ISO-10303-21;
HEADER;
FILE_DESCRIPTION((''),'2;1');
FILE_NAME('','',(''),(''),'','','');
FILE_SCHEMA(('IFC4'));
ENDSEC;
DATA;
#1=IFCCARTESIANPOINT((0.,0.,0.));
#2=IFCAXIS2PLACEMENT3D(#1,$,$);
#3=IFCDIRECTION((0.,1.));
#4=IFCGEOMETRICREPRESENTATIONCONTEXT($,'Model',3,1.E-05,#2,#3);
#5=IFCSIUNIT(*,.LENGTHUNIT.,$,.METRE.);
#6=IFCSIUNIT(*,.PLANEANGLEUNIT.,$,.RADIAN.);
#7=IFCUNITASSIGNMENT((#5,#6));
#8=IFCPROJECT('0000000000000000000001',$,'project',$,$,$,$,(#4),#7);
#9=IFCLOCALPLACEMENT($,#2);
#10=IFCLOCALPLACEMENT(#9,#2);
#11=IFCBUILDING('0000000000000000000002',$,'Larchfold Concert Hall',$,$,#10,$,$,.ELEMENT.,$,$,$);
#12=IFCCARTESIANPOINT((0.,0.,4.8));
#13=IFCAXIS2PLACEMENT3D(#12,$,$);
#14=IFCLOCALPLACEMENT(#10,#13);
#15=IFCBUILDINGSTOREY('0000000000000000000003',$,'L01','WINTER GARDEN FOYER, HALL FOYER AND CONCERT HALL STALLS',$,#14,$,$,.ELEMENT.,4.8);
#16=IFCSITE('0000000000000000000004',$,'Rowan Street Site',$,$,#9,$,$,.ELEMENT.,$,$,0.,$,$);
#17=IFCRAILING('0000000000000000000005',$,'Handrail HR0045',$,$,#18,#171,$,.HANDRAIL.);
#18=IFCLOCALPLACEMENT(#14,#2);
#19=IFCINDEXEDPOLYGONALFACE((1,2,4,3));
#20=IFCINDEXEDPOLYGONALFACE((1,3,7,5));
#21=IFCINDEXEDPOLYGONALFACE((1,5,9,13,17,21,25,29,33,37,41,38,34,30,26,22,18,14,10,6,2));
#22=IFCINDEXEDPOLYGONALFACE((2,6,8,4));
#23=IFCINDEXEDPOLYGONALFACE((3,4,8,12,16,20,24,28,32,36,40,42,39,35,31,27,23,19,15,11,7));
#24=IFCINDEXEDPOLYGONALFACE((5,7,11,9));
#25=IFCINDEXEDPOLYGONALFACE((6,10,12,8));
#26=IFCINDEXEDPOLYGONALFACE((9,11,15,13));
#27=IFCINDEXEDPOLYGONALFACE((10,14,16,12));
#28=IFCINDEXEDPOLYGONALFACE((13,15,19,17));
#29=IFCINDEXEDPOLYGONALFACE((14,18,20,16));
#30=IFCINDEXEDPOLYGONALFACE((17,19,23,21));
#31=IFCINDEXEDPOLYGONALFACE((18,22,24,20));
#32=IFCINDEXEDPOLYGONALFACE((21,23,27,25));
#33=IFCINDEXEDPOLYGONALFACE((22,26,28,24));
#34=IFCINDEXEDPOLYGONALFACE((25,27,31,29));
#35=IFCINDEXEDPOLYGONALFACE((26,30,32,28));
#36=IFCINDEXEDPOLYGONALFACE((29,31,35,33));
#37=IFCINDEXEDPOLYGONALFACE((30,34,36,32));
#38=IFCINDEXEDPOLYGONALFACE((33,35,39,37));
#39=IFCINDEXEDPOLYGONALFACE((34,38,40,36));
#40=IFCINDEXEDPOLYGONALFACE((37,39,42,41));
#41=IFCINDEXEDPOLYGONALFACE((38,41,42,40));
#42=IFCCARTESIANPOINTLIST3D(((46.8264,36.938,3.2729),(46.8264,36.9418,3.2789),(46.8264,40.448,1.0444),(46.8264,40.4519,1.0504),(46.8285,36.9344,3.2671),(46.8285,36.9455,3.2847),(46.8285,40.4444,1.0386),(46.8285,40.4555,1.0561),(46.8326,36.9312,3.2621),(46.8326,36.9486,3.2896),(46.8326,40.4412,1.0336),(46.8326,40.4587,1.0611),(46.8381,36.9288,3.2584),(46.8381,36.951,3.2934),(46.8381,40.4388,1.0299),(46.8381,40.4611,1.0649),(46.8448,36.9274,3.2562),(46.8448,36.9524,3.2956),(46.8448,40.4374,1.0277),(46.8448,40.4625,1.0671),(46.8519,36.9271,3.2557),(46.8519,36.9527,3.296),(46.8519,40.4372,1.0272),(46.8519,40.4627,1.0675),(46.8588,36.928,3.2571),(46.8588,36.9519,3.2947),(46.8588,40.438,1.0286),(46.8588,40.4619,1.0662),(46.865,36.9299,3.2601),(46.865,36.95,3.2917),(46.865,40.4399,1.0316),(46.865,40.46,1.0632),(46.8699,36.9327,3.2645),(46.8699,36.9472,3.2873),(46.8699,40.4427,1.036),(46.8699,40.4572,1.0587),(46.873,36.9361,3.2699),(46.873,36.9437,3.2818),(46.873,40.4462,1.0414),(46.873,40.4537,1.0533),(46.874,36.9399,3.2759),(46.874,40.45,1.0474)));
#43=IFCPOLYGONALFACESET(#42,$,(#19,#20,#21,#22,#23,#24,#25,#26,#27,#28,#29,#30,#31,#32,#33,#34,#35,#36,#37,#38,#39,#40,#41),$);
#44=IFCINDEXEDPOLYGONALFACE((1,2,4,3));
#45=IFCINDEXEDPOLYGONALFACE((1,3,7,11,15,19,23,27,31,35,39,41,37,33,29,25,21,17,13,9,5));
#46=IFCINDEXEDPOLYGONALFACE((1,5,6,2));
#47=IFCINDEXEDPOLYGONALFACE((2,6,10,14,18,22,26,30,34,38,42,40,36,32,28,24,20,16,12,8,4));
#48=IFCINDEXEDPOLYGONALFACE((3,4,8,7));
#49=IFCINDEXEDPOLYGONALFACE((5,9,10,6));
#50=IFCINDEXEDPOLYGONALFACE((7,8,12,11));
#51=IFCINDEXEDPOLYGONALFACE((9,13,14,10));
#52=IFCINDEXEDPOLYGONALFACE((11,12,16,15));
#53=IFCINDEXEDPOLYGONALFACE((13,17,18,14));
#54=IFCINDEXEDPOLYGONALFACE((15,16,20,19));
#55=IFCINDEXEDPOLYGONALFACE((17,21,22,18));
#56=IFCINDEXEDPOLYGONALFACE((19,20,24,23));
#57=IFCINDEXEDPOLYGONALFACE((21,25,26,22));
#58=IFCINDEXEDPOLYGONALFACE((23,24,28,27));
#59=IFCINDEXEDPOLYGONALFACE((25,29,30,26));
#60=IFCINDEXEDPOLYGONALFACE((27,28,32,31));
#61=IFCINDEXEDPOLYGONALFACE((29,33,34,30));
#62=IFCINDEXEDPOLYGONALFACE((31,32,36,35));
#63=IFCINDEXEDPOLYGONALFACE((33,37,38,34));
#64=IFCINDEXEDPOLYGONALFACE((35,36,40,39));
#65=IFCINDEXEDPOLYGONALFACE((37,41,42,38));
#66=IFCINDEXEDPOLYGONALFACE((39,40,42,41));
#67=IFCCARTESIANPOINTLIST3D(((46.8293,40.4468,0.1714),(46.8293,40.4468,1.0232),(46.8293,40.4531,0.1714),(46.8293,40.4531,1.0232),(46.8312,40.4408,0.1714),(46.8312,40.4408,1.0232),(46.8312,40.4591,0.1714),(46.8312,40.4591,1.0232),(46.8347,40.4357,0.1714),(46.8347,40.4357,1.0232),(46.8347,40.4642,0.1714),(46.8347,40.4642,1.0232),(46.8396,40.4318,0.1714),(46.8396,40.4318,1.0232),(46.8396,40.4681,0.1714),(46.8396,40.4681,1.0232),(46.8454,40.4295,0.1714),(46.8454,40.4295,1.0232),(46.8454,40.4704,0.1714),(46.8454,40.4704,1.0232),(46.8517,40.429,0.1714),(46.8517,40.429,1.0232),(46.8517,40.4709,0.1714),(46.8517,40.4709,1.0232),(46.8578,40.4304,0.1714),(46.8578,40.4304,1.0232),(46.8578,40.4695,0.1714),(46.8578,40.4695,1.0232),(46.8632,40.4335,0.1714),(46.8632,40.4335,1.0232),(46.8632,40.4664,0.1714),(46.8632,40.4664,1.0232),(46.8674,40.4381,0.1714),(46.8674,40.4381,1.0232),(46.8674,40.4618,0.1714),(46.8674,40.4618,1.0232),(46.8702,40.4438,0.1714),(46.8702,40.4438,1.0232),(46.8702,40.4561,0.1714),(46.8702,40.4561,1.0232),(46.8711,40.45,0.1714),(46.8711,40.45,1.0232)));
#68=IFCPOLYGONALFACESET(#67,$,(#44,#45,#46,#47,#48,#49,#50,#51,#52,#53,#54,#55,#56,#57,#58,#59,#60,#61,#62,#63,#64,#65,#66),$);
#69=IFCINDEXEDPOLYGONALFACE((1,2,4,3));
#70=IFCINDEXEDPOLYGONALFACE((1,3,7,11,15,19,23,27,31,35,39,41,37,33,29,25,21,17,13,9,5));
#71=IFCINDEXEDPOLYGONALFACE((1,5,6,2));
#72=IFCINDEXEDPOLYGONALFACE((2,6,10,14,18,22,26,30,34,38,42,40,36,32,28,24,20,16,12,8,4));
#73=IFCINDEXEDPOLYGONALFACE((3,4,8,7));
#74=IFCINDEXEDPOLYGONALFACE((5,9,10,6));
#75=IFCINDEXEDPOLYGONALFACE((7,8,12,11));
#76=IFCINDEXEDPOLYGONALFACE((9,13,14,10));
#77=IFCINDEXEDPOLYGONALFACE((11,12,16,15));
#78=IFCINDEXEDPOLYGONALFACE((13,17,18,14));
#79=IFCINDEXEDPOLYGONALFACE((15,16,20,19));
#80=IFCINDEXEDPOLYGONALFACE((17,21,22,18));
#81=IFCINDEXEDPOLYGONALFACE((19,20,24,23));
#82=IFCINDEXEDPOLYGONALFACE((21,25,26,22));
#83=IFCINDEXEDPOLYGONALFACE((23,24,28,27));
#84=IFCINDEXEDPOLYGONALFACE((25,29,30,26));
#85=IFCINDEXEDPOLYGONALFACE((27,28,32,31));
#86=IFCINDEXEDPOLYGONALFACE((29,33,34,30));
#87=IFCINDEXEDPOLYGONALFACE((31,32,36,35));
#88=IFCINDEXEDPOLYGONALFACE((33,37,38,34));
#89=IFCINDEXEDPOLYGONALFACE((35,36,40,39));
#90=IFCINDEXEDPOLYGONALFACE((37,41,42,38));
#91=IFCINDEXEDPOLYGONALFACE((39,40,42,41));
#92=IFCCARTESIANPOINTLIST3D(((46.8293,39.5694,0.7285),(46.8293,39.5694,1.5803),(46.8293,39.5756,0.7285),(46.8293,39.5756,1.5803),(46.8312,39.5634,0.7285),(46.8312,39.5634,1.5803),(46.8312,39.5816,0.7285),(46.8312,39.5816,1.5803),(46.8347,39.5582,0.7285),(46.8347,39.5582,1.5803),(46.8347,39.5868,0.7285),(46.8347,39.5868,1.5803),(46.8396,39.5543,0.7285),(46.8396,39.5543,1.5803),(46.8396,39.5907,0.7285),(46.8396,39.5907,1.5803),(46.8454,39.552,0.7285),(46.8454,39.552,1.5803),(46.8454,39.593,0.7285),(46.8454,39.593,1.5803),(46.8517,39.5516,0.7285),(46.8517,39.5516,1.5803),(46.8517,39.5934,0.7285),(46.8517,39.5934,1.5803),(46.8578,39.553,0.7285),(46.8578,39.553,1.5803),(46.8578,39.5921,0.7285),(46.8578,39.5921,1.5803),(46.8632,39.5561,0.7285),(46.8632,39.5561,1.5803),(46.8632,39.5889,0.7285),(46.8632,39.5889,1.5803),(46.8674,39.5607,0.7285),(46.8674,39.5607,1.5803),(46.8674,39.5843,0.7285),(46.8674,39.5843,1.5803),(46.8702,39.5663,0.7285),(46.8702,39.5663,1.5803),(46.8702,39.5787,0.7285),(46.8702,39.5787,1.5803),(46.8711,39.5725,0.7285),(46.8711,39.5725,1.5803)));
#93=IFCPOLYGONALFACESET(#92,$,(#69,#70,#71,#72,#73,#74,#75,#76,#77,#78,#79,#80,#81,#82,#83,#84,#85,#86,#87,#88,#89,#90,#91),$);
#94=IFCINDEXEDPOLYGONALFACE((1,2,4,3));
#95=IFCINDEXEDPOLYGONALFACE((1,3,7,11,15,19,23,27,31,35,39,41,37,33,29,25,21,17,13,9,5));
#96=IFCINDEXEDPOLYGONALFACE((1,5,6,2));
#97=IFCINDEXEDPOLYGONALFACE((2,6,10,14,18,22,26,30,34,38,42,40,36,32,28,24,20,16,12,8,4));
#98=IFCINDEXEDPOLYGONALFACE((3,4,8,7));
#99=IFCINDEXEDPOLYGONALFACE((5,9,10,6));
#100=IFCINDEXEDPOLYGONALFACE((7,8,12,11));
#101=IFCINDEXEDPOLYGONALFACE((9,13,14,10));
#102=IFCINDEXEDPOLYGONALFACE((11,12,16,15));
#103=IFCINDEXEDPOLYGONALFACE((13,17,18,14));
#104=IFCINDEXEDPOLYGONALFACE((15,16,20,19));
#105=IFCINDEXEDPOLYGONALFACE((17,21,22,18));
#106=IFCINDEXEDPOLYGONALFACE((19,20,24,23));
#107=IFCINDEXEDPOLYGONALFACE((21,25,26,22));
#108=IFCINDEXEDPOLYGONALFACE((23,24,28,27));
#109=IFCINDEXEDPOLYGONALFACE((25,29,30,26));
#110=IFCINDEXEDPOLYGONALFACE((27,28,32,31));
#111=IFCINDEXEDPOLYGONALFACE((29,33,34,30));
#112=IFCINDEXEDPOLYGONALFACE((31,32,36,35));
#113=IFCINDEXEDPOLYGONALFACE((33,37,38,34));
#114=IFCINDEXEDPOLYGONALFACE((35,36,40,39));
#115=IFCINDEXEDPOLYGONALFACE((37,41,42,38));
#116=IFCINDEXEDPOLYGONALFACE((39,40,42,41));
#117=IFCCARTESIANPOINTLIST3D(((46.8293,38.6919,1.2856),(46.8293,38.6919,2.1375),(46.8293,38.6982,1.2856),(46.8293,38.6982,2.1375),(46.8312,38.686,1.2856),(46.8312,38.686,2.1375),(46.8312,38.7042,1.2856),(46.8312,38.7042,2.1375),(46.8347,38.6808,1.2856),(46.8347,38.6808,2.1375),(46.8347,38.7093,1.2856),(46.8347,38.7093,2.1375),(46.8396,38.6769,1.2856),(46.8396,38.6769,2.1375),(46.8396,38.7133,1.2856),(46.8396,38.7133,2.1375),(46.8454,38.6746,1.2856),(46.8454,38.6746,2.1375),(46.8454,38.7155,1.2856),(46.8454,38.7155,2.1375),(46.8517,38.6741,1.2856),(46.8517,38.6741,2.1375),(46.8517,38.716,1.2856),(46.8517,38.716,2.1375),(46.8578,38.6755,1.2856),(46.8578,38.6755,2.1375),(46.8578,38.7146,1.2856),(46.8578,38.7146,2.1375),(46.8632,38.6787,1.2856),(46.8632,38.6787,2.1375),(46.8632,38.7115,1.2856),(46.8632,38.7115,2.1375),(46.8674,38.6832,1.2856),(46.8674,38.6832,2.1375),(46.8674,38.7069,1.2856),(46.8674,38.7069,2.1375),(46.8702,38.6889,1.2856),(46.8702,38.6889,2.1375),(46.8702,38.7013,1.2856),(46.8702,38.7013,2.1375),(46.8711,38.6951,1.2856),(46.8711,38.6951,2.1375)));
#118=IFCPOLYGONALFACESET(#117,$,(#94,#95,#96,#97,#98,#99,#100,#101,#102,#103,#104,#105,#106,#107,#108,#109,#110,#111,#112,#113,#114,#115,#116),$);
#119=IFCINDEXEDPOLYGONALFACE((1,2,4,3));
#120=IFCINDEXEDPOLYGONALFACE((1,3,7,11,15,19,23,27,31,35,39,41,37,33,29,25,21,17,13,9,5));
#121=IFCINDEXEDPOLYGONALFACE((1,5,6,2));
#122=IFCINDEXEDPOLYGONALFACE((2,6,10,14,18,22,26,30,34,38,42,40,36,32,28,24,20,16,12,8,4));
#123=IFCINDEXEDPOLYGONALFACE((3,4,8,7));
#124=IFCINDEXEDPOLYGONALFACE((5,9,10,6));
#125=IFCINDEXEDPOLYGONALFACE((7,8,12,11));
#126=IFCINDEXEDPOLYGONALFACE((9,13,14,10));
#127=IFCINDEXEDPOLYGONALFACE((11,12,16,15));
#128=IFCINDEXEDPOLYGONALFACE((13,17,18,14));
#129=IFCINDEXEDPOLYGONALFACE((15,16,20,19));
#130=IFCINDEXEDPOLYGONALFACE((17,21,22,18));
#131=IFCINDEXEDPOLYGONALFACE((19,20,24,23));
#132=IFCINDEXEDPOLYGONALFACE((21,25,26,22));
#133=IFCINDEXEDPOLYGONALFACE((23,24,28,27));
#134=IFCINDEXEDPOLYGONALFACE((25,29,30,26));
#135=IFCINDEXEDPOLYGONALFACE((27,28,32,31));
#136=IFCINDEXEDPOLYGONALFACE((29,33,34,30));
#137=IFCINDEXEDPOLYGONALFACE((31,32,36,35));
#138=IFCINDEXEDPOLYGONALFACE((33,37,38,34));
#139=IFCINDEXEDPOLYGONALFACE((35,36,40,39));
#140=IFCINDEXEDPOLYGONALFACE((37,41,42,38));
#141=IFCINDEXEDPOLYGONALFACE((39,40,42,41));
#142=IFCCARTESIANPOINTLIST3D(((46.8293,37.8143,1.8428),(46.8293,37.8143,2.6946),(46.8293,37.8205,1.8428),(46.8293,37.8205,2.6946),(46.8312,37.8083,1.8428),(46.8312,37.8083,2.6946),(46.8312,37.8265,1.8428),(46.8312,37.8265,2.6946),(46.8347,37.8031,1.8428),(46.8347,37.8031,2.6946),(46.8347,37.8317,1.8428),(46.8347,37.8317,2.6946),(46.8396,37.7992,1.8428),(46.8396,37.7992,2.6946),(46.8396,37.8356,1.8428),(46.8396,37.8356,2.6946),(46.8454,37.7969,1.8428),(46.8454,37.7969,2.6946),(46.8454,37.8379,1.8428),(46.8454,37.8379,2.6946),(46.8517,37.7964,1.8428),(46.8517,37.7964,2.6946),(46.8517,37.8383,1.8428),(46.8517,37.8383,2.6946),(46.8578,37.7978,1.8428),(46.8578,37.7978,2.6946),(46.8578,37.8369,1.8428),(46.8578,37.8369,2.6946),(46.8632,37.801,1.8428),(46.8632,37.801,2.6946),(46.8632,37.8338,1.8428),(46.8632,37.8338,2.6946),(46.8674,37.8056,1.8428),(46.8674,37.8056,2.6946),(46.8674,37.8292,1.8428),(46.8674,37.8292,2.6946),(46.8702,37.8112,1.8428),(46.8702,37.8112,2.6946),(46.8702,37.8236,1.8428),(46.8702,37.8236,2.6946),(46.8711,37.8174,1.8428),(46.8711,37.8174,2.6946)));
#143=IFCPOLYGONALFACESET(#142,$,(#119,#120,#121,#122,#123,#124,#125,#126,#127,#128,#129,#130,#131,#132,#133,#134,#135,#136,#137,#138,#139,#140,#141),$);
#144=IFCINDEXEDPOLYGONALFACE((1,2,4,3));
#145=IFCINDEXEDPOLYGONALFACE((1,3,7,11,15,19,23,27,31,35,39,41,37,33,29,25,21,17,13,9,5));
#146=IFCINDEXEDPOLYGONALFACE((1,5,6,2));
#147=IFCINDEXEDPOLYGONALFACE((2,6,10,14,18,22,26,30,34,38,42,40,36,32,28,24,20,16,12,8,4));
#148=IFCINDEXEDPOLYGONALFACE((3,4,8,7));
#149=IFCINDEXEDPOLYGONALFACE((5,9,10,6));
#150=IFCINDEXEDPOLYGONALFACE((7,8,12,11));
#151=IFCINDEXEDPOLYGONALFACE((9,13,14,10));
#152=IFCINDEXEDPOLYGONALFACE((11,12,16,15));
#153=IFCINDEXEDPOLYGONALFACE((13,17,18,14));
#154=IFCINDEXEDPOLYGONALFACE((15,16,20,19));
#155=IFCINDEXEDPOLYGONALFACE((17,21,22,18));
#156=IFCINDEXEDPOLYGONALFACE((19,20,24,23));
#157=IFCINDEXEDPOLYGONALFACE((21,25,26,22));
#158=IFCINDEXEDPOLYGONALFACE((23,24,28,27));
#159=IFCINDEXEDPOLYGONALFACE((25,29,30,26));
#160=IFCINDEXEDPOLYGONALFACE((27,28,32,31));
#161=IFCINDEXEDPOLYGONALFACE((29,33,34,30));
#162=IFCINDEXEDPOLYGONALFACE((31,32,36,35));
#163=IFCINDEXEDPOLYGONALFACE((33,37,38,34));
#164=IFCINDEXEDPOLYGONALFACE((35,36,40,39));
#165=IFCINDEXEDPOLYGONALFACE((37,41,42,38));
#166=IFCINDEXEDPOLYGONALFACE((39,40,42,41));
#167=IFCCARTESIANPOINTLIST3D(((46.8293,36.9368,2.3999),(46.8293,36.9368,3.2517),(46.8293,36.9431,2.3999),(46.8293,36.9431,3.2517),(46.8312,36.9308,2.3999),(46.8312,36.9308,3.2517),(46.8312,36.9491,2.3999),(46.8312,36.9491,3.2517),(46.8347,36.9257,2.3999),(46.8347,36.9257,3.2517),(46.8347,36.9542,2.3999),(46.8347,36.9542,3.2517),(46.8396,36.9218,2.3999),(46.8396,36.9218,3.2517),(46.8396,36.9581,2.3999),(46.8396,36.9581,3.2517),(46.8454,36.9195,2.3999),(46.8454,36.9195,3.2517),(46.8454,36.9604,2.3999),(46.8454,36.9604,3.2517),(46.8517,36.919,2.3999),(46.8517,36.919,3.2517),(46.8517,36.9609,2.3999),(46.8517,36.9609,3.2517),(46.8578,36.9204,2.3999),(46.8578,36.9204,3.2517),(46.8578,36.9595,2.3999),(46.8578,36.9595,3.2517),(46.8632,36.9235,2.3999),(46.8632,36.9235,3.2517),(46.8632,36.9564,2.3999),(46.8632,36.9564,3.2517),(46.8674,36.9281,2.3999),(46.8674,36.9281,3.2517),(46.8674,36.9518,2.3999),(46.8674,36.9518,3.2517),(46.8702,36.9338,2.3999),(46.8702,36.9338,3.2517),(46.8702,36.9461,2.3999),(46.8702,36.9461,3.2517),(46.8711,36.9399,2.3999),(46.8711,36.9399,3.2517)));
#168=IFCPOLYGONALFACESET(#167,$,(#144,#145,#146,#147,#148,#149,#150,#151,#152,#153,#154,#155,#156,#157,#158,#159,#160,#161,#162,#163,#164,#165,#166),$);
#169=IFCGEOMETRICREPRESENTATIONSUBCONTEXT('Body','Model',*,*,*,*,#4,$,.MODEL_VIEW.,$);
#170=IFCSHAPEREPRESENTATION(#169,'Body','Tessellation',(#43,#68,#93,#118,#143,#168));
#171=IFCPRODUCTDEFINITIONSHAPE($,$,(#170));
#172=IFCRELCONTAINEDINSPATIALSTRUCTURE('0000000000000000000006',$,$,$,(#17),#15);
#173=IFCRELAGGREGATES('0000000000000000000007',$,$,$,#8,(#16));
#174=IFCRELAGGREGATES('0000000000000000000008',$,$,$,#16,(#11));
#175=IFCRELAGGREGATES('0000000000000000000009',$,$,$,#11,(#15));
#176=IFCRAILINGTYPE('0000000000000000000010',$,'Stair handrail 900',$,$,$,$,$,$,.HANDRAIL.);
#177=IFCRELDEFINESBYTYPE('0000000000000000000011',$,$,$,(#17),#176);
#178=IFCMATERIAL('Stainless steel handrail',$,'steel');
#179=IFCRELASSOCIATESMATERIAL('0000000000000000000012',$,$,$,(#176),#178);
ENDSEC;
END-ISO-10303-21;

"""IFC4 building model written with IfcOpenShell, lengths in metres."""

from ifc_helpers import new_model, si_unit, direction, frame, origin, origin_2d, place, context, subcontext, project, spatial, circle, extrude, material, type_object, element, save


model = new_model("IFC4")

# Units and contexts
model_context = context("Model", 3, precision=1e-05, world=origin(), true_north=direction((0.0, 1.0)))
body_context = subcontext(model_context, "Body", "Model", "MODEL_VIEW")
ifc_project = project(units=[si_unit("LENGTHUNIT", "METRE"), si_unit("PLANEANGLEUNIT", "RADIAN")], contexts=[model_context])

# Site, building, storey
site_placement = place(None, origin())
site = spatial("IfcSite", under=ifc_project, at=site_placement, Name="Rowan Street Site", CompositionType="ELEMENT", RefElevation=0.0)
building_placement = place(site_placement, origin())
building = spatial("IfcBuilding", under=site, at=building_placement, Name="Larchfold Concert Hall", CompositionType="ELEMENT")
storey_placement = place(building_placement, frame((0.0, 0.0, 4.8)))
storey = spatial("IfcBuildingStorey", under=building, at=storey_placement, Name="L01", Description="WINTER GARDEN FOYER, HALL FOYER AND CONCERT HALL STALLS", CompositionType="ELEMENT", Elevation=4.8)

# Railing
ifc_material_1 = material(Name="Stainless steel handrail", Category="steel")
railing_type_1 = type_object("IfcRailingType", Name="Stair handrail 900", PredefinedType="HANDRAIL", material=ifc_material_1)
for number, where, name in (
    (1, (46.8501, 40.45, 0.1714), "Handrail HR0045"),
):
    element("IfcRailing", number, at=place(storey_placement, frame(where)), inside=storey, type_object=railing_type_1, Name=name, PredefinedType="HANDRAIL", context=body_context, shape_type="SweptSolid", body=[
        extrude(circle(Radius=0.0239, at=origin_2d()), frame((0.0, 0.0, 0.876), z_axis=(0.0, -0.84422, 0.535998), x_axis=(1.0, 0.0, 0.0)), (0.0, 0.0, 1.0), 4.1577),
        extrude(circle(Radius=0.021, at=origin_2d()), origin(), (0.0, 0.0, 1.0), 0.8518),
        extrude(circle(Radius=0.021, at=origin_2d()), frame((0.0, -0.8774, 0.5571)), (0.0, 0.0, 1.0), 0.8518),
        extrude(circle(Radius=0.021, at=origin_2d()), frame((0.0, -1.7549, 1.1143)), (0.0, 0.0, 1.0), 0.8518),
        extrude(circle(Radius=0.021, at=origin_2d()), frame((0.0, -2.6326, 1.6714)), (0.0, 0.0, 1.0), 0.8518),
        extrude(circle(Radius=0.021, at=origin_2d()), frame((0.0, -3.51, 2.2285)), (0.0, 0.0, 1.0), 0.8518),
    ])

save(model, "model.ifc")
